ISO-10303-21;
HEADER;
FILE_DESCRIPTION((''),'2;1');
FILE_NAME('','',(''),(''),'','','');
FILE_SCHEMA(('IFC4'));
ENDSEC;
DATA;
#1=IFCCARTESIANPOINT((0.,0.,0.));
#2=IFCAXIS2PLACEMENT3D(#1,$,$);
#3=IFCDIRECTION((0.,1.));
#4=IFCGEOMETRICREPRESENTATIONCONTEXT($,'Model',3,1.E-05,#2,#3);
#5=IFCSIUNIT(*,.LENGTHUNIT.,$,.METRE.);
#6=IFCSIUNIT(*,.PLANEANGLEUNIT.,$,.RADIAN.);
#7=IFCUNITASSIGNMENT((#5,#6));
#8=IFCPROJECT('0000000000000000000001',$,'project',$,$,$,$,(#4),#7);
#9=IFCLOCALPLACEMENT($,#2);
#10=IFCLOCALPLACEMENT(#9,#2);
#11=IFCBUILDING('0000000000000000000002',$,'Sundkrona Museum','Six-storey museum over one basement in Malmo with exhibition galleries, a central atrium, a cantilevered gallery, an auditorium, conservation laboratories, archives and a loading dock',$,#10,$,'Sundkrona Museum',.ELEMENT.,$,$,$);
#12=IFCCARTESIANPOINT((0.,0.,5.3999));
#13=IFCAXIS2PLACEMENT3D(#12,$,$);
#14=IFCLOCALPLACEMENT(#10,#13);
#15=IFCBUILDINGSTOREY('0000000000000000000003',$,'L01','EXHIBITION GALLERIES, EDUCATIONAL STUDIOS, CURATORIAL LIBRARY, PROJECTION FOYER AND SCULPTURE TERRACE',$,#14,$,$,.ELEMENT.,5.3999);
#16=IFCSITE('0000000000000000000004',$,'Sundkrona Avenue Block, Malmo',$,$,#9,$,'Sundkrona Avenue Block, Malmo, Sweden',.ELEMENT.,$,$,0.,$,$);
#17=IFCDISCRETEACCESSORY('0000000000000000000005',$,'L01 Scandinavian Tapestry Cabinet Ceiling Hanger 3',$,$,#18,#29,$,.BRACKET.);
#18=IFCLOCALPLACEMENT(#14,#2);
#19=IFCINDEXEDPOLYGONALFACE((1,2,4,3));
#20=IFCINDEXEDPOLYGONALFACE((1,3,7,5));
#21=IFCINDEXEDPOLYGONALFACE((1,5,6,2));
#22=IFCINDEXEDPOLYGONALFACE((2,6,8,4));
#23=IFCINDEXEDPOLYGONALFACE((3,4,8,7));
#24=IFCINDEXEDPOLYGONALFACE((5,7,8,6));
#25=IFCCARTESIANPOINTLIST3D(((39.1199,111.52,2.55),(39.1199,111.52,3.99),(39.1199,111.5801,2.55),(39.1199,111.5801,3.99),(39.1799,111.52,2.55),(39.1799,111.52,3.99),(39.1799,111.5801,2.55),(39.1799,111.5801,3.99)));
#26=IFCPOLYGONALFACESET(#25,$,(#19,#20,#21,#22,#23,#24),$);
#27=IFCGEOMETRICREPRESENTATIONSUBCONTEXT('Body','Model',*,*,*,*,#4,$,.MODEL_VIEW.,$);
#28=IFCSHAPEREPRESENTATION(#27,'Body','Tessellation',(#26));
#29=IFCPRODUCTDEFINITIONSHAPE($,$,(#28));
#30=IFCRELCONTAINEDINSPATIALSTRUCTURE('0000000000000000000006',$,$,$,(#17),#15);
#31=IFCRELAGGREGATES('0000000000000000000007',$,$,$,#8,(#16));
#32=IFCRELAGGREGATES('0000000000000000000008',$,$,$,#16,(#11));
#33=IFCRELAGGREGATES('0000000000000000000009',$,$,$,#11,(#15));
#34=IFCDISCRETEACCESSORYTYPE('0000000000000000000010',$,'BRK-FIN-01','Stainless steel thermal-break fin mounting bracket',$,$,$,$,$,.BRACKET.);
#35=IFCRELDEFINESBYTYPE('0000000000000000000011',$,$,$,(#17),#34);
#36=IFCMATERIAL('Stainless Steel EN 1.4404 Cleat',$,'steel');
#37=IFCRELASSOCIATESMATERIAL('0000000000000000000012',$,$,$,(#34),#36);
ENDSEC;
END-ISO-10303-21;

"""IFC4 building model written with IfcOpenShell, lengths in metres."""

from ifc_helpers import new_model, si_unit, direction, frame, origin, origin_2d, place, context, subcontext, project, spatial, rectangle, extrude, material, type_object, element, save


model = new_model("IFC4")

# Units and contexts
model_context = context("Model", 3, precision=1e-05, world=origin(), true_north=direction((0.0, 1.0)))
body_context = subcontext(model_context, "Body", "Model", "MODEL_VIEW")
ifc_project = project(units=[si_unit("LENGTHUNIT", "METRE"), si_unit("PLANEANGLEUNIT", "RADIAN")], contexts=[model_context])

# Site, building, storey
site_placement = place(None, origin())
site = spatial("IfcSite", under=ifc_project, at=site_placement, Name="Sundkrona Avenue Block, Malmo", LongName="Sundkrona Avenue Block, Malmo, Sweden", CompositionType="ELEMENT", RefElevation=0.0)
building_placement = place(site_placement, origin())
building = spatial("IfcBuilding", under=site, at=building_placement, Name="Sundkrona Museum", Description="Six-storey museum over one basement in Malmo with exhibition galleries, a central atrium, a cantilevered gallery, an auditorium, conservation laboratories, archives and a loading dock", LongName="Sundkrona Museum", CompositionType="ELEMENT")
storey_placement = place(building_placement, frame((0.0, 0.0, 5.3999)))
storey = spatial("IfcBuildingStorey", under=building, at=storey_placement, Name="L01", Description="EXHIBITION GALLERIES, EDUCATIONAL STUDIOS, CURATORIAL LIBRARY, PROJECTION FOYER AND SCULPTURE TERRACE", CompositionType="ELEMENT", Elevation=5.3999)

# Discrete accessory
ifc_material_1 = material(Name="Stainless Steel EN 1.4404 Cleat", Category="steel")
discrete_accessory_type = type_object("IfcDiscreteAccessoryType", Name="BRK-FIN-01", Description="Stainless steel thermal-break fin mounting bracket", PredefinedType="BRACKET", material=ifc_material_1)
for number, where, z_axis, x_axis, name in (
    (1, (39.1499, 111.55, 2.55), (0.0, 0.0, 1.0), (1.0, 0.0, 0.0), "L01 Scandinavian Tapestry Cabinet Ceiling Hanger 3"),
):
    element("IfcDiscreteAccessory", number, at=place(storey_placement, frame(where, z_axis=z_axis, x_axis=x_axis)), inside=storey, type_object=discrete_accessory_type, Name=name, PredefinedType="BRACKET", context=body_context, shape_type="SweptSolid", body=[
        extrude(rectangle(XDim=0.0601, YDim=0.0601, at=origin_2d()), origin(), (0.0, 0.0, 1.0), 1.4399),
    ])

save(model, "model.ifc")
